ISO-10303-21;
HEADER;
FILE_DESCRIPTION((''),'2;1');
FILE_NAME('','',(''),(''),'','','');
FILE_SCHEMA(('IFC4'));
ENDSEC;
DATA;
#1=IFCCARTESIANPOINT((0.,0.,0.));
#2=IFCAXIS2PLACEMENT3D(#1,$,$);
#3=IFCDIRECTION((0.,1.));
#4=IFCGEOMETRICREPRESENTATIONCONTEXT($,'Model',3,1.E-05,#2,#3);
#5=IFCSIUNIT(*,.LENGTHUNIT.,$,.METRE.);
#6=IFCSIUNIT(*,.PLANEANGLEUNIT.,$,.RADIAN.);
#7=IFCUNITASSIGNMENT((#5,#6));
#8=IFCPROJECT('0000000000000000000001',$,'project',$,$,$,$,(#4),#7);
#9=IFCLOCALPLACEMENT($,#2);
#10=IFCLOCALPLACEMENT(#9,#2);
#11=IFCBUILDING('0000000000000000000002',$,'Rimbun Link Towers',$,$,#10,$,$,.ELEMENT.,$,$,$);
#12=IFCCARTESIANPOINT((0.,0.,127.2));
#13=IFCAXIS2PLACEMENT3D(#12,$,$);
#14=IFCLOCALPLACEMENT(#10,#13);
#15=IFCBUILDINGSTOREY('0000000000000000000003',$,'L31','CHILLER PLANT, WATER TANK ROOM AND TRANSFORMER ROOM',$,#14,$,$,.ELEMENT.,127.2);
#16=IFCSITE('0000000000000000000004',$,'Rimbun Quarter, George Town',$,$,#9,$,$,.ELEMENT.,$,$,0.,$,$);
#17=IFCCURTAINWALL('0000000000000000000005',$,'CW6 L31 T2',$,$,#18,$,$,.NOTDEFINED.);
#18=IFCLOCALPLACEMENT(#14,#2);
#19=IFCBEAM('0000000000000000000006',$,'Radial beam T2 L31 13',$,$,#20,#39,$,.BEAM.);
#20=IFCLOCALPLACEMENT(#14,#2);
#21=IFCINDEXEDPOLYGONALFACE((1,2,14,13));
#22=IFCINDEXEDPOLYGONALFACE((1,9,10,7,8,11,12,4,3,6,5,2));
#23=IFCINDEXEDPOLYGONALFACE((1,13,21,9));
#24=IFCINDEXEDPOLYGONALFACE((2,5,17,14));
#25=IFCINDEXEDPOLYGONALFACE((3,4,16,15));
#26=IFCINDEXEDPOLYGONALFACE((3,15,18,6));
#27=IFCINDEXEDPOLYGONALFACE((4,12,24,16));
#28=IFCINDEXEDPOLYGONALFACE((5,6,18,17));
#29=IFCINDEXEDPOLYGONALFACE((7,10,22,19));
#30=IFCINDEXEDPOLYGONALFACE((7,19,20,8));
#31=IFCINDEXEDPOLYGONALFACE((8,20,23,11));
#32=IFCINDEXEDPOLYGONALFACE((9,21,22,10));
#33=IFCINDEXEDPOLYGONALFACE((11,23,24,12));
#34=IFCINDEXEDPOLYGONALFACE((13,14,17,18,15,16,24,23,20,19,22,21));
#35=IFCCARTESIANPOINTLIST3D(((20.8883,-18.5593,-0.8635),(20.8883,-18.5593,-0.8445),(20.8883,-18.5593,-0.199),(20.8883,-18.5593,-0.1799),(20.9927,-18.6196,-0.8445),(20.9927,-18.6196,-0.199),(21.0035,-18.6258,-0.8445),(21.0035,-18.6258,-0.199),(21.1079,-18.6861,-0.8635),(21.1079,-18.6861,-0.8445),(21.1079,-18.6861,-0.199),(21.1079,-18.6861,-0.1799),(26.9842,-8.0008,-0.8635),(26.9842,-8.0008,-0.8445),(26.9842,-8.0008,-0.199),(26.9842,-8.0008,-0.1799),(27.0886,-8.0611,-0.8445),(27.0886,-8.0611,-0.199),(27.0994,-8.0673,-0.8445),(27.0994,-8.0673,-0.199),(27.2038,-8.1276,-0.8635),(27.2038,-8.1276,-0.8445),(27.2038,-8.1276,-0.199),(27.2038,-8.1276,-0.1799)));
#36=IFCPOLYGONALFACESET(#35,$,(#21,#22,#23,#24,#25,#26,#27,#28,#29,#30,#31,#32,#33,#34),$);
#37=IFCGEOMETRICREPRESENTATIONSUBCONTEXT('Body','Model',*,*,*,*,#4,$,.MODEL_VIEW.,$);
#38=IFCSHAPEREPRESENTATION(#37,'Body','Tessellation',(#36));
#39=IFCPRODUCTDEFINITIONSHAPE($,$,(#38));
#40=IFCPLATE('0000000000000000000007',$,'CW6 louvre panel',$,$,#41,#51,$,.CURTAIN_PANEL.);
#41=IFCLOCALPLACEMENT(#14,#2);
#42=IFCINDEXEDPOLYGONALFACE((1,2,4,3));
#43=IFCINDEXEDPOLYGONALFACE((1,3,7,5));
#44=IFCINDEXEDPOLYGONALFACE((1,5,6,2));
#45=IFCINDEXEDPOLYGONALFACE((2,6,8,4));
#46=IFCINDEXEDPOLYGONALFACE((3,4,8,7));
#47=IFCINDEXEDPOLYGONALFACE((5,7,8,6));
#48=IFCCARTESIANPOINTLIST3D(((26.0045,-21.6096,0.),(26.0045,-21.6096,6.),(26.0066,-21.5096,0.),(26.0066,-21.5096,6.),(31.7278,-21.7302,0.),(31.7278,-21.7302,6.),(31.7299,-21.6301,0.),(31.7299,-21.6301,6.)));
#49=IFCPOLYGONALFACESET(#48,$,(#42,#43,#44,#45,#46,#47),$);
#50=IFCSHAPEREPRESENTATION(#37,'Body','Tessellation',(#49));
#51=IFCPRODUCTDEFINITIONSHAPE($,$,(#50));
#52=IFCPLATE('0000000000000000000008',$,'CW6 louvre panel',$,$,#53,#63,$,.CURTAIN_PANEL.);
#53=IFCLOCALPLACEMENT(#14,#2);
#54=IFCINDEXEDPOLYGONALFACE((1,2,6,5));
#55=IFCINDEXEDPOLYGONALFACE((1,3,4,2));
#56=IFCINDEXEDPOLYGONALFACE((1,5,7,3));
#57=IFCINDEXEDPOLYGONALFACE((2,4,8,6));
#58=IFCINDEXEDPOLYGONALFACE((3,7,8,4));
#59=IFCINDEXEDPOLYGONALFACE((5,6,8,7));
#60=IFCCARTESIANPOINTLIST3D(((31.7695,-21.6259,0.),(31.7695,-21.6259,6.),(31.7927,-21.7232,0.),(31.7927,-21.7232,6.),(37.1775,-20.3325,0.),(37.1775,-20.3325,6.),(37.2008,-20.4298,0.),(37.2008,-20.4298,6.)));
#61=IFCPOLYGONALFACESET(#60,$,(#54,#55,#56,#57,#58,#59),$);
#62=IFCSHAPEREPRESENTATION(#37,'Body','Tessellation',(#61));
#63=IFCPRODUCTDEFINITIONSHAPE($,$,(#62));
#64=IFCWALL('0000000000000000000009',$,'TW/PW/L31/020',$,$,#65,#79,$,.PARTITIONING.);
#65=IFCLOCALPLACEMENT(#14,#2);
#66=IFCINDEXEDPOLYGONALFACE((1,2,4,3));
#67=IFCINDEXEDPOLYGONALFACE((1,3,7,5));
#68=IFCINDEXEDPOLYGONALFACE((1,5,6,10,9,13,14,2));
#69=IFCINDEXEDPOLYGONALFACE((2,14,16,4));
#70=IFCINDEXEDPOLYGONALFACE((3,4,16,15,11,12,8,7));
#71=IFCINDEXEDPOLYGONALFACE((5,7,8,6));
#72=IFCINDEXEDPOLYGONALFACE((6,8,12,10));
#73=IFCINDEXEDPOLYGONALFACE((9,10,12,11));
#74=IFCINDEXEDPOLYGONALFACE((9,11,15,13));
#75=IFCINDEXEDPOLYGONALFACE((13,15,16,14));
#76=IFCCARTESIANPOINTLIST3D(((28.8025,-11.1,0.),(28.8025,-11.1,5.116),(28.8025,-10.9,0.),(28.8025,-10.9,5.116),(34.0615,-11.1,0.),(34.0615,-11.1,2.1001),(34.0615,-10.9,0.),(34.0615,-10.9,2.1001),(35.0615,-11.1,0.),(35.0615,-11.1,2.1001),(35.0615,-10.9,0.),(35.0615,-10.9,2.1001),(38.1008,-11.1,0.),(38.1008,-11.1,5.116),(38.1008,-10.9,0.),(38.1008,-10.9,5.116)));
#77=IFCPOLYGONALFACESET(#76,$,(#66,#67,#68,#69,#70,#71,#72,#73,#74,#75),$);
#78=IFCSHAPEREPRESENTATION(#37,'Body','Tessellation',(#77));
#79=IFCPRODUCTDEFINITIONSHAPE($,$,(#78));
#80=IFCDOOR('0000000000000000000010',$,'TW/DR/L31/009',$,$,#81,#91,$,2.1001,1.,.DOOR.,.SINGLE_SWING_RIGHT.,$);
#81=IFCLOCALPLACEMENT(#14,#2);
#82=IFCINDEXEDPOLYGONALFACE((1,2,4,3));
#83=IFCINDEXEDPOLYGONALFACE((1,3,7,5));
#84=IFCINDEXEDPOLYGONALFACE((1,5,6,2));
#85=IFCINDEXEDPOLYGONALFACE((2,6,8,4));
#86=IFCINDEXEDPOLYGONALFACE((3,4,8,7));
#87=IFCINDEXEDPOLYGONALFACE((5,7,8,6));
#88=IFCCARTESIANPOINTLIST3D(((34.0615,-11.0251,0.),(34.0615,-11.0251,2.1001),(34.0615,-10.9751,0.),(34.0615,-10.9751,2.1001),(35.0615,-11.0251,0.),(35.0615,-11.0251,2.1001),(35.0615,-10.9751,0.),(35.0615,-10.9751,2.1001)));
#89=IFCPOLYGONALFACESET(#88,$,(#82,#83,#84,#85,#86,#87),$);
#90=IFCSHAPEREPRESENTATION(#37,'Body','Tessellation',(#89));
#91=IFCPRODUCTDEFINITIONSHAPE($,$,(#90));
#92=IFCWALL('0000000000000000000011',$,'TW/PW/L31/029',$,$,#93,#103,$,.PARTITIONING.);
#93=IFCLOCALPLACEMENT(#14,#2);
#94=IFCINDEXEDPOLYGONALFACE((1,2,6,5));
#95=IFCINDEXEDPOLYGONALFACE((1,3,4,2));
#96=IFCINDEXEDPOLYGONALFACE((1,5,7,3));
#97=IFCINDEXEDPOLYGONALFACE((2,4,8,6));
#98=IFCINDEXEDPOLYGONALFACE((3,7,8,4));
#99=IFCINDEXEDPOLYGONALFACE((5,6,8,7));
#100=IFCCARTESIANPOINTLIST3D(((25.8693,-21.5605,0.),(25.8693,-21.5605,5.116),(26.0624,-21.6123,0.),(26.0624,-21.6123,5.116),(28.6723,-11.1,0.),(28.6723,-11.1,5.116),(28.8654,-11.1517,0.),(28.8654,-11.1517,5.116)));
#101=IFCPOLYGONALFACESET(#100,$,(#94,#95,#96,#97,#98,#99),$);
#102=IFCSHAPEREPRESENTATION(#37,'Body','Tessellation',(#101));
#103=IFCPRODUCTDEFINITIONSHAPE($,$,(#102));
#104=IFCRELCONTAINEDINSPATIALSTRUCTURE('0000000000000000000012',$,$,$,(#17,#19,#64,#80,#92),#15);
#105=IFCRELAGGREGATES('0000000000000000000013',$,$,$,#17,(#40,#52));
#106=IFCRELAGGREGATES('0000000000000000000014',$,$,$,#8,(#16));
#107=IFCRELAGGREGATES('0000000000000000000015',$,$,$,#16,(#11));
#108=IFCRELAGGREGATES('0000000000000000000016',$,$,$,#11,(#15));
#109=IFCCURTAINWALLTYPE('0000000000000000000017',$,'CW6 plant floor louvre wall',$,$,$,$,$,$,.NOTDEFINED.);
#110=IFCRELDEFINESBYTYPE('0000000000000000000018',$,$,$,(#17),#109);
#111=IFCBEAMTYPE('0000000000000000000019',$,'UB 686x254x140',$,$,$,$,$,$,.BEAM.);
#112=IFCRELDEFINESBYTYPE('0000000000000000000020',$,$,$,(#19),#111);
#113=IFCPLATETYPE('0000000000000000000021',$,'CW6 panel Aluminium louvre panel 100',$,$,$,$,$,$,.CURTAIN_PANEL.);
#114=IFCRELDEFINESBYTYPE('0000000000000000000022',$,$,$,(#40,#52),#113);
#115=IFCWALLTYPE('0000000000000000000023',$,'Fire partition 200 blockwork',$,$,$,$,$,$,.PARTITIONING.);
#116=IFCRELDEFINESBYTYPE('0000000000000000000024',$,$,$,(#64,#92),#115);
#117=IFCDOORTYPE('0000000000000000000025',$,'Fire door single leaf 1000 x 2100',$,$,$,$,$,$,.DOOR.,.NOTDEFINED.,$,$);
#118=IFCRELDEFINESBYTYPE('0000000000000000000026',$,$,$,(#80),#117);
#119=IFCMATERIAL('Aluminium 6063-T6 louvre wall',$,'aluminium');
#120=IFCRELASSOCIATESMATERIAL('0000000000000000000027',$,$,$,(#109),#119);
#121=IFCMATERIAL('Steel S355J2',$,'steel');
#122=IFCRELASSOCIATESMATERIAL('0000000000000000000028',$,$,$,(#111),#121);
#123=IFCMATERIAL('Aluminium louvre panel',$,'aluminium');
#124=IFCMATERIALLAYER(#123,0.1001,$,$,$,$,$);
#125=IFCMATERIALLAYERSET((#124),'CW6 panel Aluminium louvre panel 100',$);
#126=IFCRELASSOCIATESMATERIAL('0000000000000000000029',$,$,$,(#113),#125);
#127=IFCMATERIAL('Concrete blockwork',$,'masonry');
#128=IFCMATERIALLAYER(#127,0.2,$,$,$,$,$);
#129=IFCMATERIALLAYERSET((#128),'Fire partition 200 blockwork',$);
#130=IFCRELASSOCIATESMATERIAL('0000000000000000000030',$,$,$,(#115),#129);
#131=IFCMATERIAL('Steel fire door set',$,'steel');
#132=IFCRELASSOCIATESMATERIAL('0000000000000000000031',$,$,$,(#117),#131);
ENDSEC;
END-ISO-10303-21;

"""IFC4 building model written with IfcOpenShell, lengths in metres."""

from ifc_helpers import new_model, si_unit, direction, frame, frame_2d, origin, origin_2d, place, context, subcontext, project, spatial, rectangle, i_section, extrude, material, layer, layer_set, material_profile, profile_set, type_object, element, fill, aggregate, save


model = new_model("IFC4")

# Units and contexts
model_context = context("Model", 3, precision=1e-05, world=origin(), true_north=direction((0.0, 1.0)))
body_context = subcontext(model_context, "Body", "Model", "MODEL_VIEW")
ifc_project = project(units=[si_unit("LENGTHUNIT", "METRE"), si_unit("PLANEANGLEUNIT", "RADIAN")], contexts=[model_context])

# Site, building, storey
site_placement = place(None, origin())
site = spatial("IfcSite", under=ifc_project, at=site_placement, Name="Rimbun Quarter, George Town", CompositionType="ELEMENT", RefElevation=0.0)
building_placement = place(site_placement, origin())
building = spatial("IfcBuilding", under=site, at=building_placement, Name="Rimbun Link Towers", CompositionType="ELEMENT")
storey_placement = place(building_placement, frame((0.0, 0.0, 127.2)))
storey = spatial("IfcBuildingStorey", under=building, at=storey_placement, Name="L31", Description="CHILLER PLANT, WATER TANK ROOM AND TRANSFORMER ROOM", CompositionType="ELEMENT", Elevation=127.2)

# Curtain wall
ifc_material_1 = material(Name="Aluminium 6063-T6 louvre wall", Category="aluminium")
curtain_wall_type = type_object("IfcCurtainWallType", Name="CW6 plant floor louvre wall", PredefinedType="NOTDEFINED", material=ifc_material_1)
curtain_wall_placement = place(storey_placement, origin())
curtain_wall = element("IfcCurtainWall", 1, at=curtain_wall_placement, inside=storey, type_object=curtain_wall_type, Name="CW6 L31 T2", PredefinedType="NOTDEFINED")

# Beam
ifc_material_2 = material(Name="Steel S355J2", Category="steel")
ifc_material_profile_1 = material_profile(ifc_material_2, i_section(OverallWidth=0.2537, OverallDepth=0.6836, WebThickness=0.0125, FlangeThickness=0.019, at=origin_2d()), Name="UB 686x254x140")
ifc_profile_set_1 = profile_set([ifc_material_profile_1], Name="Steel S355J2")
beam_type_1 = type_object("IfcBeamType", Name="UB 686x254x140", PredefinedType="BEAM", material=ifc_profile_set_1)
beam_1_placement = place(storey_placement, frame((27.094, -8.0642, -0.5217), z_axis=(-0.499996, -0.866028, 0.0), x_axis=(0.866028, -0.499996, 0.0)))
element("IfcBeam", 2, at=beam_1_placement, inside=storey, type_object=beam_type_1, Name="Radial beam T2 L31 13", PredefinedType="BEAM", context=body_context, shape_type="SweptSolid", body=[
    extrude(i_section(OverallWidth=0.2537, OverallDepth=0.6836, WebThickness=0.0125, FlangeThickness=0.019, at=origin_2d()), origin(), (0.0, 0.0, 1.0), 12.1919),
])

# Plates
ifc_material_3 = material(Name="Aluminium louvre panel", Category="aluminium")
ifc_layer_1 = layer(ifc_material_3, 0.1001)
ifc_layer_set_1 = layer_set([ifc_layer_1], Name="CW6 panel Aluminium louvre panel 100")
plate_type = type_object("IfcPlateType", Name="CW6 panel Aluminium louvre panel 100", PredefinedType="CURTAIN_PANEL", material=ifc_layer_set_1)
plate_1_placement = place(storey_placement, frame((28.8672, -21.6199, 0.0), z_axis=(0.0, 0.0, 1.0), x_axis=(-0.999778, 0.021059, 0.0)))
plate_1 = element("IfcPlate", 3, at=plate_1_placement, type_object=plate_type, Name="CW6 louvre panel", PredefinedType="CURTAIN_PANEL", context=body_context, shape_type="SweptSolid", body=[
    extrude(rectangle(XDim=5.7246, YDim=0.1001, at=origin_2d()), origin(), (0.0, 0.0, 1.0), 6.0),
])
plate_2_placement = place(storey_placement, frame((34.4851, -21.0278, 0.0), z_axis=(0.0, 0.0, 1.0), x_axis=(-0.972572, -0.232604, 0.0)))
plate_2 = element("IfcPlate", 4, at=plate_2_placement, type_object=plate_type, Name="CW6 louvre panel", PredefinedType="CURTAIN_PANEL", context=body_context, shape_type="SweptSolid", body=[
    extrude(rectangle(XDim=5.5605, YDim=0.1001, at=origin_2d()), origin(), (0.0, 0.0, 1.0), 6.0),
])
aggregate(curtain_wall, [plate_1, plate_2])

# Wall, opening, door
ifc_material_4 = material(Name="Concrete blockwork", Category="masonry")
ifc_layer_2 = layer(ifc_material_4, 0.2)
ifc_layer_set_2 = layer_set([ifc_layer_2], Name="Fire partition 200 blockwork")
wall_type = type_object("IfcWallType", Name="Fire partition 200 blockwork", PredefinedType="PARTITIONING", material=ifc_layer_set_2)
wall_1_placement = place(storey_placement, frame((28.8025, -11.0, 0.0), z_axis=(0.0, 0.0, 1.0), x_axis=(1.0, 0.0, 0.0)))
wall_1 = element("IfcWall", 5, at=wall_1_placement, inside=storey, type_object=wall_type, Name="TW/PW/L31/020", PredefinedType="PARTITIONING", context=body_context, shape_type="SweptSolid", body=[
    extrude(rectangle(XDim=9.2983, YDim=0.2, at=frame_2d((4.6492, 0.0))), origin(), (0.0, 0.0, 1.0), 5.116),
])
opening_placement = place(wall_1_placement, frame((5.259, 0.0, 0.0)))
opening = element("IfcOpeningElement", 6, at=opening_placement, cuts=wall_1, PredefinedType="OPENING", context=body_context, shape_type="SweptSolid", body=[
    extrude(rectangle(XDim=1.0, YDim=2.1001, at=frame_2d((0.5, 1.05))), frame((0.0, 0.1099, 0.0), z_axis=(0.0, -1.0, 0.0), x_axis=(1.0, 0.0, 0.0)), (0.0, 0.0, 1.0), 0.22),
])
ifc_material_5 = material(Name="Steel fire door set", Category="steel")
door_type = type_object("IfcDoorType", Name="Fire door single leaf 1000 x 2100", OperationType="NOTDEFINED", PredefinedType="DOOR", material=ifc_material_5)
door_placement = place(opening_placement, origin())
door = element("IfcDoor", 7, at=door_placement, inside=storey, type_object=door_type, Name="TW/DR/L31/009", OperationType="SINGLE_SWING_RIGHT", OverallHeight=2.1001, OverallWidth=1.0, PredefinedType="DOOR", context=body_context, shape_type="SweptSolid", body=[
    extrude(rectangle(XDim=1.0, YDim=2.1001, at=frame_2d((0.5, 1.05))), frame((0.0, 0.0249, 0.0), z_axis=(0.0, -1.0, 0.0), x_axis=(1.0, 0.0, 0.0)), (0.0, 0.0, 1.0), 0.05),
])
fill(opening, door)

# Wall
wall_2_placement = place(storey_placement, frame((25.9658, -21.5864, 0.0), z_axis=(0.0, 0.0, 1.0), x_axis=(0.258828, 0.965923, 0.0)))
element("IfcWall", 8, at=wall_2_placement, inside=storey, type_object=wall_type, Name="TW/PW/L31/029", PredefinedType="PARTITIONING", context=body_context, shape_type="SweptSolid", body=[
    extrude(rectangle(XDim=10.8296, YDim=0.2, at=frame_2d((5.4148, 0.0))), origin(), (0.0, 0.0, 1.0), 5.116),
])

save(model, "model.ifc")
